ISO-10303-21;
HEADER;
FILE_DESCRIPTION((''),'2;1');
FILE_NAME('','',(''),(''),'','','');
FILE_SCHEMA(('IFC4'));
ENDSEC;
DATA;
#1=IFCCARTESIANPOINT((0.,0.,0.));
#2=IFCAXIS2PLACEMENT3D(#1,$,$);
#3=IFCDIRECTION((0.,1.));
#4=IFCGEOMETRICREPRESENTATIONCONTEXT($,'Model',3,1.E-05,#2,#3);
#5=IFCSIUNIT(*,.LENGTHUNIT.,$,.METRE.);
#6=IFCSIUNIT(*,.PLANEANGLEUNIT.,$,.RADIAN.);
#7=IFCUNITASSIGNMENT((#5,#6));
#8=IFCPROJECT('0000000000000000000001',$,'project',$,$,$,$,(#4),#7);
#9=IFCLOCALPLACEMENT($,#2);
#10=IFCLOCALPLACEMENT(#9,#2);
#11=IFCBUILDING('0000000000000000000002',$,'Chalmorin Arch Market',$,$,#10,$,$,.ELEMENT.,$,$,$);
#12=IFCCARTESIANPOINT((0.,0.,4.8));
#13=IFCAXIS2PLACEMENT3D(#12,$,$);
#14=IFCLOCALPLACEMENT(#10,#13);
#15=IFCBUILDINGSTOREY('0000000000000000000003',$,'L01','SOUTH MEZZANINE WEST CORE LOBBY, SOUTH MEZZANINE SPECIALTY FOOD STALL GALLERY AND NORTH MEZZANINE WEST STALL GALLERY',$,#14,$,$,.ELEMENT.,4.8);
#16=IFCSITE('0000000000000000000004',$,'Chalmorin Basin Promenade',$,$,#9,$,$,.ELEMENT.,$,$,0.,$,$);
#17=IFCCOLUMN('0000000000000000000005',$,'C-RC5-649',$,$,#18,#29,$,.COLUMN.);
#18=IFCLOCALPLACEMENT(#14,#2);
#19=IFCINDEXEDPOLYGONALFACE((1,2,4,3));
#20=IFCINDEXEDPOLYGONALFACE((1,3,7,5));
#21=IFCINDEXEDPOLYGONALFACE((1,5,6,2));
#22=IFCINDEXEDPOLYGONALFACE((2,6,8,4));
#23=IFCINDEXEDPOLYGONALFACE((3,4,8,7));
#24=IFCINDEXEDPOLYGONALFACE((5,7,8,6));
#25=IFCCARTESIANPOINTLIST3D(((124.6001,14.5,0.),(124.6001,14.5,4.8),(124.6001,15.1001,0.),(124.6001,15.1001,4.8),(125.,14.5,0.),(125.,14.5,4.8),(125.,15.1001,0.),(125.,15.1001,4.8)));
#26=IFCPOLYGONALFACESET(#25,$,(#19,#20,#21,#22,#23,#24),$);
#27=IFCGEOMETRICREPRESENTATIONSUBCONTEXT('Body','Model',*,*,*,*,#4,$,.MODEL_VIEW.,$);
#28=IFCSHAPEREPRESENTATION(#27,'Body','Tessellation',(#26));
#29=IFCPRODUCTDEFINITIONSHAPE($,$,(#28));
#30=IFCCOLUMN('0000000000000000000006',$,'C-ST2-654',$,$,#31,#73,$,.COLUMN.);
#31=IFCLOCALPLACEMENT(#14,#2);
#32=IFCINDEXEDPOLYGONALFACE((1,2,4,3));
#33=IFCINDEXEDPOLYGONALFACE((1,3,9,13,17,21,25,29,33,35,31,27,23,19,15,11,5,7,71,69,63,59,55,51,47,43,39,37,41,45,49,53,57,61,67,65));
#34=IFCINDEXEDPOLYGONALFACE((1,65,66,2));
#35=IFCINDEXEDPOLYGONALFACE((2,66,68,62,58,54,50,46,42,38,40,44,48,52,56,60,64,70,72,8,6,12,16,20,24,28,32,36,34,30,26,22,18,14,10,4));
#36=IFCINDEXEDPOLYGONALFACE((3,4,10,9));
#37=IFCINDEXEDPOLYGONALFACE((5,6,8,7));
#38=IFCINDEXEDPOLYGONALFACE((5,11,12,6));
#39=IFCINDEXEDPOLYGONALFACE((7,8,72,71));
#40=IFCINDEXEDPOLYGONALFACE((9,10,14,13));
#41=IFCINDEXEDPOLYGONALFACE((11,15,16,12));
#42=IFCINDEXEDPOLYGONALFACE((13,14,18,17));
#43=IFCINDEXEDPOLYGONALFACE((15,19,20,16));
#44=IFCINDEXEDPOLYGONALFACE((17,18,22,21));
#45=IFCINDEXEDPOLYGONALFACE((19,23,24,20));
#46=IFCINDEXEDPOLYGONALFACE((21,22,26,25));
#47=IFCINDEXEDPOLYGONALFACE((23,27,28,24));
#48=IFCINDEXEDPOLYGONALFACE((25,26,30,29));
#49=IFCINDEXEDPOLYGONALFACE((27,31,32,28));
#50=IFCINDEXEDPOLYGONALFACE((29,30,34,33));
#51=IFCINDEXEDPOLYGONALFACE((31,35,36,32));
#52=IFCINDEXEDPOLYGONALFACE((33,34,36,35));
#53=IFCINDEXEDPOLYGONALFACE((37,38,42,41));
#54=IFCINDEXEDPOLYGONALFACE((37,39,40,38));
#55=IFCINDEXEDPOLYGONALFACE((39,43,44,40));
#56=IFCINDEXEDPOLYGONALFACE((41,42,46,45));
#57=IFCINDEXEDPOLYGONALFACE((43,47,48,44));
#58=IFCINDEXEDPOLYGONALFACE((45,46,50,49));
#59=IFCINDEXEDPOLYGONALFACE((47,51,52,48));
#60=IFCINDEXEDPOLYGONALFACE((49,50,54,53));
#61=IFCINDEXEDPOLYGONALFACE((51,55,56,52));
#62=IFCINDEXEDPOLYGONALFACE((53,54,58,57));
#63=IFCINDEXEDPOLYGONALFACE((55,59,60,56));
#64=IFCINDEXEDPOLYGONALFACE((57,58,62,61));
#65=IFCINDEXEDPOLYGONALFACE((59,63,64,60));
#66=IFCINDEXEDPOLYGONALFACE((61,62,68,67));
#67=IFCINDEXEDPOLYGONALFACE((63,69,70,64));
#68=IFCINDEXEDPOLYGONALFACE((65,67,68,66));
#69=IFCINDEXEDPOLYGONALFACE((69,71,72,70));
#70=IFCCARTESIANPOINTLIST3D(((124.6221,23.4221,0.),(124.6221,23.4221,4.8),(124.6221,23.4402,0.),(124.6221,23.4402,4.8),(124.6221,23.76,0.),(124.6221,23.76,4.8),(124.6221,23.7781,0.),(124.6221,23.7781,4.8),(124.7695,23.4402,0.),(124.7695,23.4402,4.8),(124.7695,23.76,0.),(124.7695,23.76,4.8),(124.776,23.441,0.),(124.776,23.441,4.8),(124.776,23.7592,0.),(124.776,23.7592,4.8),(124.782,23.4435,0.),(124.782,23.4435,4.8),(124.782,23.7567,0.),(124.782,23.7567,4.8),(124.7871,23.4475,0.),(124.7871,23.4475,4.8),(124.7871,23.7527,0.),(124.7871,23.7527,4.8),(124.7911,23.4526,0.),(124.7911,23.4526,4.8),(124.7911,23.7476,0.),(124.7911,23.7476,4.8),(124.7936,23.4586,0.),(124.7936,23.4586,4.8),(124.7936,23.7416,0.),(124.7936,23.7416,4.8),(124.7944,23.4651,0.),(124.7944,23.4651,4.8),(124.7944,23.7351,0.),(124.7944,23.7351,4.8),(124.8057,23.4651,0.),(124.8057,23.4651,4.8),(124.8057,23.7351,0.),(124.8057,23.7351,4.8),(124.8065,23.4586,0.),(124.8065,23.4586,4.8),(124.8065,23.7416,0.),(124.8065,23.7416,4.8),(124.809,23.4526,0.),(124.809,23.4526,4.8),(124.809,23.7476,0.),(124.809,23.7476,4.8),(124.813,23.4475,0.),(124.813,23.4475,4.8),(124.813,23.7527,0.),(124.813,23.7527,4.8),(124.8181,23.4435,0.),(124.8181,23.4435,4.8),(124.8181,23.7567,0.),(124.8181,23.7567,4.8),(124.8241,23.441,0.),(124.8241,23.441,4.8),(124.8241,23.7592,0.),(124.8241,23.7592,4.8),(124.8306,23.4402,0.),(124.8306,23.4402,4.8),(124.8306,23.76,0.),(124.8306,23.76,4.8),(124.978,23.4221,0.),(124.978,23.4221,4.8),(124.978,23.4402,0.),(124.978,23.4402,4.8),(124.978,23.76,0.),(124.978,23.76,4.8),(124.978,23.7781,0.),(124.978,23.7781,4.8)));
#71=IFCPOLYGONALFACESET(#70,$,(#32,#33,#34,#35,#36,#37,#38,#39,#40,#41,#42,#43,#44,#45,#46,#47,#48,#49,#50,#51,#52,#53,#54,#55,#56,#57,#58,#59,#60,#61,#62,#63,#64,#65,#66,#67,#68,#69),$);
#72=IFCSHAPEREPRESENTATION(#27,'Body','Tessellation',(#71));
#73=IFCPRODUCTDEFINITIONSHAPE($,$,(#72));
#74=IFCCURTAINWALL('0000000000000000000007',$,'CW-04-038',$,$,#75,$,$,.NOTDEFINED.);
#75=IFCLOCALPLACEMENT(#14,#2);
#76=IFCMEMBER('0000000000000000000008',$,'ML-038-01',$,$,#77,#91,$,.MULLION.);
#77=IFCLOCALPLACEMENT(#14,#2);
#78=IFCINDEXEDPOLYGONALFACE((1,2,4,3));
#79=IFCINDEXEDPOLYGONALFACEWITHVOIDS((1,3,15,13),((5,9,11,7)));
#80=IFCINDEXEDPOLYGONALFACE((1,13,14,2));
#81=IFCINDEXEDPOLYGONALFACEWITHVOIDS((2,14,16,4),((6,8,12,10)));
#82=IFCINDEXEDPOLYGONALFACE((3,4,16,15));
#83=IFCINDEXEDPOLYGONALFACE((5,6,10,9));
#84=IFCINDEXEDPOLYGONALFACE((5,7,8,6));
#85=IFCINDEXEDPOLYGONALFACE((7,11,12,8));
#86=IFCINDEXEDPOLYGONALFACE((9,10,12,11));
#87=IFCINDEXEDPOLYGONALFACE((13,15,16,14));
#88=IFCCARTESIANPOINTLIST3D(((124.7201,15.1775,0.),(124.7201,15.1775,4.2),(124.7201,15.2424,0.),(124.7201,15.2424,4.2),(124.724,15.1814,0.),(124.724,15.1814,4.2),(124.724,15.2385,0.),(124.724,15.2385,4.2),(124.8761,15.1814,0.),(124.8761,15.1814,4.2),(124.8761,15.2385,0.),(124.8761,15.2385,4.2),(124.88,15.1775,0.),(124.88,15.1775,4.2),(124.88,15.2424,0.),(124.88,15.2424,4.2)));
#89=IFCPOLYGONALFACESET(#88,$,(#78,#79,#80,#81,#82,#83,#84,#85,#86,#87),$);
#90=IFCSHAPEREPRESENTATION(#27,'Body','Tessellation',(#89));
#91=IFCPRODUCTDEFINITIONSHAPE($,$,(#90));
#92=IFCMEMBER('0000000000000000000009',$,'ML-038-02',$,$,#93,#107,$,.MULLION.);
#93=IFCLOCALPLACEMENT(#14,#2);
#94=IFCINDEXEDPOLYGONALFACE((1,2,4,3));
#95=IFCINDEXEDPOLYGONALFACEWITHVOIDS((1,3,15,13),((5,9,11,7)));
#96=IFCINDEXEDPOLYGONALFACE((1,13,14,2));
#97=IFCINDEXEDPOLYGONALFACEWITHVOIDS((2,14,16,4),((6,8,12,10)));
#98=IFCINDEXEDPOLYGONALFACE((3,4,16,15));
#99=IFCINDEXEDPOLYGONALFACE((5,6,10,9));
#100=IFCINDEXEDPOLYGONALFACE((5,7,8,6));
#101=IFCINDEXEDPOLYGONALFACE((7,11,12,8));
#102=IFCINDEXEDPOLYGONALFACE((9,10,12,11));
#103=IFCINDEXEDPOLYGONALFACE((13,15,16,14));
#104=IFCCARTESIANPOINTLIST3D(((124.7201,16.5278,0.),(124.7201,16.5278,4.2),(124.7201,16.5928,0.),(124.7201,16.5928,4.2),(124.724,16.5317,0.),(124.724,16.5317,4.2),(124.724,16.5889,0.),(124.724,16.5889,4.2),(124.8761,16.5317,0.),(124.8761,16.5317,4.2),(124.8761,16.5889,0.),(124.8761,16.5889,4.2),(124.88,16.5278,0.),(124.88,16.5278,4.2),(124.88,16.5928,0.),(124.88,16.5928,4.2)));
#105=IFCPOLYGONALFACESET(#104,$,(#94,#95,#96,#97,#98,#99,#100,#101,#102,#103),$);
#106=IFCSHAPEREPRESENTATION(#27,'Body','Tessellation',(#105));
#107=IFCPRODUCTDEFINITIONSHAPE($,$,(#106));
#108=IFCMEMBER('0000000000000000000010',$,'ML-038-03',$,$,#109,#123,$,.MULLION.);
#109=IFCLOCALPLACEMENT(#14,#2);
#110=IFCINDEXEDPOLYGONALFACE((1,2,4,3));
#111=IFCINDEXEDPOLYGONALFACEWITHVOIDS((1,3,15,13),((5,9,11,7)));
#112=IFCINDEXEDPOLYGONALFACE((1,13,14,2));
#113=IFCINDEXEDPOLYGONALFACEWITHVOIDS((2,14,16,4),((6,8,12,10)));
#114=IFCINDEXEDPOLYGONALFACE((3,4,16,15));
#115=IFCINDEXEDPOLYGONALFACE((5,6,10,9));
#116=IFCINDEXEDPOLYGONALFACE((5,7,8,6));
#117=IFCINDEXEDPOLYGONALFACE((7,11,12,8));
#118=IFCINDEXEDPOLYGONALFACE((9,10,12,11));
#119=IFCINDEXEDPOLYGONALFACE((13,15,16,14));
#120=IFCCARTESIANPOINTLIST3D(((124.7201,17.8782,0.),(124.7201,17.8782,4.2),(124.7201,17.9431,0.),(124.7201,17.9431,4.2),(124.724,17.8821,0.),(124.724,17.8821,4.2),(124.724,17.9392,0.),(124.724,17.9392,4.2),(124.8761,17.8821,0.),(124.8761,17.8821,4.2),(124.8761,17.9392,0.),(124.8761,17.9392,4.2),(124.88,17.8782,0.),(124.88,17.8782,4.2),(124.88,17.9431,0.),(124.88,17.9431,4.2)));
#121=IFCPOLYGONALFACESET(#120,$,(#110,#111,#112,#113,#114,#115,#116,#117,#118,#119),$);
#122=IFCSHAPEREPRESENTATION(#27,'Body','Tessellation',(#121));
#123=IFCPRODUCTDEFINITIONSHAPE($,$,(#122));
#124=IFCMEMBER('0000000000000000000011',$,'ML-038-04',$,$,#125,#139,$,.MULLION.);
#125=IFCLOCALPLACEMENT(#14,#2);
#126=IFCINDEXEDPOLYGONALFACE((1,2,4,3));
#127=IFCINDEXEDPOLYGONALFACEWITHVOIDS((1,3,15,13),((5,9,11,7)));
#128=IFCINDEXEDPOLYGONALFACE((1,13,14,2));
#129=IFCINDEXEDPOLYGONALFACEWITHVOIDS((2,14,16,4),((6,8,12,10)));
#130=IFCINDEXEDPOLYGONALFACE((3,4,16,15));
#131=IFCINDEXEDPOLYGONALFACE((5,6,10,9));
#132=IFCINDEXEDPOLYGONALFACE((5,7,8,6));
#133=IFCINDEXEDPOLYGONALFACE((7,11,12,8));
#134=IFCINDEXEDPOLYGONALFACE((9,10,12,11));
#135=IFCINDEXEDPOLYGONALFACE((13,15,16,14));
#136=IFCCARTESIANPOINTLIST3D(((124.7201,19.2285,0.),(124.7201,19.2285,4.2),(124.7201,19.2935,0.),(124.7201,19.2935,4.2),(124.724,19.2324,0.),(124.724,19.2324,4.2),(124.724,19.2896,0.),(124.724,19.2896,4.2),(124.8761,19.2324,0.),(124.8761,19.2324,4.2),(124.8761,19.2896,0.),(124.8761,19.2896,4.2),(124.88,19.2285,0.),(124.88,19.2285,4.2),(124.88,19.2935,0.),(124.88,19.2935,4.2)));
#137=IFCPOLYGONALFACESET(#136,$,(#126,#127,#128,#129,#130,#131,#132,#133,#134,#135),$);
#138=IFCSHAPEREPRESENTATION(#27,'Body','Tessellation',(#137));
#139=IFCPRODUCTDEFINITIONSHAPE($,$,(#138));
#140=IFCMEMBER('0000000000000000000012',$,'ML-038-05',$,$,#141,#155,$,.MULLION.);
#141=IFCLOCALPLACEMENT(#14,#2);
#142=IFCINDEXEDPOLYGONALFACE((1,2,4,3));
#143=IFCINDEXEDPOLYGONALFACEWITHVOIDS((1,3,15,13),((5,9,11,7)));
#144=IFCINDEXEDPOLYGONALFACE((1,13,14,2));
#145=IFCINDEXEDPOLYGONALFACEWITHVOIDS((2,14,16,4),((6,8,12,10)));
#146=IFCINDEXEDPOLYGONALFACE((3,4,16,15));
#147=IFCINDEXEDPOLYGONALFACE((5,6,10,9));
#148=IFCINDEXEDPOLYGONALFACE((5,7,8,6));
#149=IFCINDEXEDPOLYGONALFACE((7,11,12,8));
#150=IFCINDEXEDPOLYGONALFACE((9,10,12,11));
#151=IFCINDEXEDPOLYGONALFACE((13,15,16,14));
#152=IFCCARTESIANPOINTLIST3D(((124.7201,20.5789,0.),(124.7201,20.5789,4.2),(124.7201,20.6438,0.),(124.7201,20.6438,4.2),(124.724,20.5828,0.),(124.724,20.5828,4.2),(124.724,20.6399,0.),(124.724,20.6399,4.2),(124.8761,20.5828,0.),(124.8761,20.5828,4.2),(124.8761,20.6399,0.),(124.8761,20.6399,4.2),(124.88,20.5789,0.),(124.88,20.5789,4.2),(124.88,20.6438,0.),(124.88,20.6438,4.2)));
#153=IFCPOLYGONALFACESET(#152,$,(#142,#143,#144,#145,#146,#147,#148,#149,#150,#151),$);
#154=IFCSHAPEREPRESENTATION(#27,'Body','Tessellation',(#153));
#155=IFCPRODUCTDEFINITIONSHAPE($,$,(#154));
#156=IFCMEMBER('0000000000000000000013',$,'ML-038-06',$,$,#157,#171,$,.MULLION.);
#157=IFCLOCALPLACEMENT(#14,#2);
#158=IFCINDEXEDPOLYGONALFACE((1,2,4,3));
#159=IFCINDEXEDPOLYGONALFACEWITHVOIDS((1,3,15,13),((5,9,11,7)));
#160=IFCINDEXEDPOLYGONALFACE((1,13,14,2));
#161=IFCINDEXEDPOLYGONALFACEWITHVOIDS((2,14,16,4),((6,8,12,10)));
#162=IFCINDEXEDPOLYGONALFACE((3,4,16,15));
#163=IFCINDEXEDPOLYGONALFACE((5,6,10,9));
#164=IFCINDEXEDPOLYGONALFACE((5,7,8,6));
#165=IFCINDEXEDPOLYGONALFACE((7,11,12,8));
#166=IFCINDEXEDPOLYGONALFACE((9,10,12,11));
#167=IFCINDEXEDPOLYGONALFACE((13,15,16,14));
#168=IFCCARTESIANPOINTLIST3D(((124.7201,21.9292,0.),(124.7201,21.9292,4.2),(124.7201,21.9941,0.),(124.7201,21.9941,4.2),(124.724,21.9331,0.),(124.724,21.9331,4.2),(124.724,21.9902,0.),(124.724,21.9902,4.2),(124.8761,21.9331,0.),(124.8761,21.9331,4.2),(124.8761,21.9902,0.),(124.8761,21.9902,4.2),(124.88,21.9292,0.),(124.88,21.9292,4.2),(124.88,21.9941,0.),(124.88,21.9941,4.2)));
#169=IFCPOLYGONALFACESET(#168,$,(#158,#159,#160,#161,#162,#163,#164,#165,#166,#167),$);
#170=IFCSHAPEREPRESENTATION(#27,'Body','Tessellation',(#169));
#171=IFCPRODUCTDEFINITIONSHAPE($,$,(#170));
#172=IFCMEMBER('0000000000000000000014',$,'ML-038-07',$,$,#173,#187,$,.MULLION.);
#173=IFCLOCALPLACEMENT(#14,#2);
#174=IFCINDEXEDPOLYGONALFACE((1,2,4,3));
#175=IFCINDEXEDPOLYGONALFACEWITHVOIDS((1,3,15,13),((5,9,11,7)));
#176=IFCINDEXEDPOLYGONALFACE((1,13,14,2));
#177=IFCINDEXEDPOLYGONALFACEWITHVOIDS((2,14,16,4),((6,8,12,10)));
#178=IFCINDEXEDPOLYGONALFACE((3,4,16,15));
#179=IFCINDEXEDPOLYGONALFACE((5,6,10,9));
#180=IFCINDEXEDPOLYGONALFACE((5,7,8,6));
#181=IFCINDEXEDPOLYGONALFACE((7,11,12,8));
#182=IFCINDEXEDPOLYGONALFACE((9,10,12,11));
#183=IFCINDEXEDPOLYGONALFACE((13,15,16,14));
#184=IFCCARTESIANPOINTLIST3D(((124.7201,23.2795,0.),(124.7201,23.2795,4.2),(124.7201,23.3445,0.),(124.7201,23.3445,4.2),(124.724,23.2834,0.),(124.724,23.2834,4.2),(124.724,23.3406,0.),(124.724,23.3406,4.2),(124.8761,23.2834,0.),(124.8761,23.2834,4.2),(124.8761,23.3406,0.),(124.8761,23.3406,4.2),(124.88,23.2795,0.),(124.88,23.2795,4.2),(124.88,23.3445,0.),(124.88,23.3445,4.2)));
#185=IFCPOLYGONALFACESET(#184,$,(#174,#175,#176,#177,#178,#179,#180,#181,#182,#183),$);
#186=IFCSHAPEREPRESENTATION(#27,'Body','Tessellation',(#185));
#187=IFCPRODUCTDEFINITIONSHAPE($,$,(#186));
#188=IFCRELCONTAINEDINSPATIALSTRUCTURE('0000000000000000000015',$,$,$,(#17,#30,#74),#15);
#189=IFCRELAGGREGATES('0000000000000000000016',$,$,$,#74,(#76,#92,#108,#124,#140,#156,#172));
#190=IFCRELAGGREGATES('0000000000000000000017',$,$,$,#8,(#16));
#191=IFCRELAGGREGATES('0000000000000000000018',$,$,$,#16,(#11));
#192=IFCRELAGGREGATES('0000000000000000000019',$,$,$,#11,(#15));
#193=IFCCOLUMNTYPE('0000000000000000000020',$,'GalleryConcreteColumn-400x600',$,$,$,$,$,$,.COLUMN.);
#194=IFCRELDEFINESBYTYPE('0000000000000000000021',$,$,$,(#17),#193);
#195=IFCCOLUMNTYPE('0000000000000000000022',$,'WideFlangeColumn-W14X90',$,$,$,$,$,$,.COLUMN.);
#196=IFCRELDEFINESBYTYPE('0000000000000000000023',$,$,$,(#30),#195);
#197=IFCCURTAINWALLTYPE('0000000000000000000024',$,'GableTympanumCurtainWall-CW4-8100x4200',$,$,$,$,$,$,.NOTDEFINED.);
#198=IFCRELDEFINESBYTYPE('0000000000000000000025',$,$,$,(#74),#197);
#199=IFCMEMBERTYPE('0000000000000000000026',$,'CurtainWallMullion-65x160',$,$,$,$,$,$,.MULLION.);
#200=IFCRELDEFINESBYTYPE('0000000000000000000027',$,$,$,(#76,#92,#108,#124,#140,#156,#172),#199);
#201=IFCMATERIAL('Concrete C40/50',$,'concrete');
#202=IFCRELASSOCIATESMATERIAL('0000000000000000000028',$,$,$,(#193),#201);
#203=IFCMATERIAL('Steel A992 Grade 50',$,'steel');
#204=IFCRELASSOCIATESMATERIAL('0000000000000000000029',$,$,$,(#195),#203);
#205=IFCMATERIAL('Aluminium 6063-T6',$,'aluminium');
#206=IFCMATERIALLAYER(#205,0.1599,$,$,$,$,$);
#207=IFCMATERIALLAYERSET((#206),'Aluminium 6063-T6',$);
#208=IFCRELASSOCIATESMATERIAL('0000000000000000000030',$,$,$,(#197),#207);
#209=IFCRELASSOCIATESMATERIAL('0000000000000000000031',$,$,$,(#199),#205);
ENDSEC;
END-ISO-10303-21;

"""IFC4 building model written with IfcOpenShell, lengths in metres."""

from ifc_helpers import new_model, si_unit, direction, frame, origin, origin_2d, place, context, subcontext, project, spatial, rectangle, hollow_rectangle, i_section, extrude, material, layer, layer_set, material_profile, profile_set, type_object, element, aggregate, save


model = new_model("IFC4")

# Units and contexts
model_context = context("Model", 3, precision=1e-05, world=origin(), true_north=direction((0.0, 1.0)))
body_context = subcontext(model_context, "Body", "Model", "MODEL_VIEW")
ifc_project = project(units=[si_unit("LENGTHUNIT", "METRE"), si_unit("PLANEANGLEUNIT", "RADIAN")], contexts=[model_context])

# Site, building, storey
site_placement = place(None, origin())
site = spatial("IfcSite", under=ifc_project, at=site_placement, Name="Chalmorin Basin Promenade", CompositionType="ELEMENT", RefElevation=0.0)
building_placement = place(site_placement, origin())
building = spatial("IfcBuilding", under=site, at=building_placement, Name="Chalmorin Arch Market", CompositionType="ELEMENT")
storey_placement = place(building_placement, frame((0.0, 0.0, 4.8)))
storey = spatial("IfcBuildingStorey", under=building, at=storey_placement, Name="L01", Description="SOUTH MEZZANINE WEST CORE LOBBY, SOUTH MEZZANINE SPECIALTY FOOD STALL GALLERY AND NORTH MEZZANINE WEST STALL GALLERY", CompositionType="ELEMENT", Elevation=4.8)

# Columns
ifc_material_1 = material(Name="Concrete C40/50", Category="concrete")
ifc_material_profile_1 = material_profile(ifc_material_1, rectangle(XDim=0.3999, YDim=0.6001, at=origin_2d()), Name="RC400X600")
ifc_profile_set_1 = profile_set([ifc_material_profile_1], Name="Concrete C40/50")
column_type_1 = type_object("IfcColumnType", Name="GalleryConcreteColumn-400x600", PredefinedType="COLUMN", material=ifc_profile_set_1)
column_1_placement = place(storey_placement, frame((124.8, 14.8, 0.0), z_axis=(0.0, 0.0, 1.0), x_axis=(1.0, 0.0, 0.0)))
element("IfcColumn", 1, at=column_1_placement, inside=storey, type_object=column_type_1, Name="C-RC5-649", PredefinedType="COLUMN", context=body_context, shape_type="SweptSolid", body=[
    extrude(rectangle(XDim=0.3999, YDim=0.6001, at=origin_2d()), origin(), (0.0, 0.0, 1.0), 4.8),
])
ifc_material_2 = material(Name="Steel A992 Grade 50", Category="steel")
ifc_material_profile_2 = material_profile(ifc_material_2, i_section(OverallWidth=0.356, OverallDepth=0.356, WebThickness=0.0112, FlangeThickness=0.0181, FilletRadius=0.0249, at=origin_2d()), Name="W14X90")
ifc_profile_set_2 = profile_set([ifc_material_profile_2], Name="Steel A992 Grade 50")
column_type_2 = type_object("IfcColumnType", Name="WideFlangeColumn-W14X90", PredefinedType="COLUMN", material=ifc_profile_set_2)
column_2_placement = place(storey_placement, frame((124.8, 23.6001, 0.0), z_axis=(0.0, 0.0, 1.0), x_axis=(1.0, 0.0, 0.0)))
element("IfcColumn", 2, at=column_2_placement, inside=storey, type_object=column_type_2, Name="C-ST2-654", PredefinedType="COLUMN", context=body_context, shape_type="SweptSolid", body=[
    extrude(i_section(OverallWidth=0.356, OverallDepth=0.356, WebThickness=0.0112, FlangeThickness=0.0181, FilletRadius=0.0249, at=origin_2d()), origin(), (0.0, 0.0, 1.0), 4.8),
])

# Curtain wall, members
ifc_material_3 = material(Name="Aluminium 6063-T6", Category="aluminium")
ifc_layer_1 = layer(ifc_material_3, 0.1599)
ifc_layer_set_1 = layer_set([ifc_layer_1], Name="Aluminium 6063-T6")
curtain_wall_type = type_object("IfcCurtainWallType", Name="GableTympanumCurtainWall-CW4-8100x4200", PredefinedType="NOTDEFINED", material=ifc_layer_set_1)
curtain_wall_placement = place(storey_placement, origin())
curtain_wall = element("IfcCurtainWall", 3, at=curtain_wall_placement, inside=storey, type_object=curtain_wall_type, Name="CW-04-038", PredefinedType="NOTDEFINED")
ifc_material_profile_3 = material_profile(ifc_material_3, hollow_rectangle(XDim=0.0649, YDim=0.1599, WallThickness=0.0039, at=origin_2d()), Name="ALU65X160X4")
ifc_profile_set_3 = profile_set([ifc_material_profile_3], Name="Aluminium 6063-T6")
member_type_1 = type_object("IfcMemberType", Name="CurtainWallMullion-65x160", PredefinedType="MULLION", material=ifc_profile_set_3)
member_1_placement = place(storey_placement, frame((124.8, 15.21, 0.0), z_axis=(0.0, 0.0, 1.0), x_axis=(0.0, 1.0, 0.0)))
member_1 = element("IfcMember", 4, at=member_1_placement, type_object=member_type_1, Name="ML-038-01", PredefinedType="MULLION", context=body_context, shape_type="SweptSolid", body=[
    extrude(hollow_rectangle(XDim=0.0649, YDim=0.1599, WallThickness=0.0039, at=origin_2d()), origin(), (0.0, 0.0, 1.0), 4.2),
])
member_2_placement = place(storey_placement, frame((124.8, 16.5603, 0.0), z_axis=(0.0, 0.0, 1.0), x_axis=(0.0, 1.0, 0.0)))
member_2 = element("IfcMember", 5, at=member_2_placement, type_object=member_type_1, Name="ML-038-02", PredefinedType="MULLION", context=body_context, shape_type="SweptSolid", body=[
    extrude(hollow_rectangle(XDim=0.0649, YDim=0.1599, WallThickness=0.0039, at=origin_2d()), origin(), (0.0, 0.0, 1.0), 4.2),
])
member_3_placement = place(storey_placement, frame((124.8, 17.9106, 0.0), z_axis=(0.0, 0.0, 1.0), x_axis=(0.0, 1.0, 0.0)))
member_3 = element("IfcMember", 6, at=member_3_placement, type_object=member_type_1, Name="ML-038-03", PredefinedType="MULLION", context=body_context, shape_type="SweptSolid", body=[
    extrude(hollow_rectangle(XDim=0.0649, YDim=0.1599, WallThickness=0.0039, at=origin_2d()), origin(), (0.0, 0.0, 1.0), 4.2),
])
member_4_placement = place(storey_placement, frame((124.8, 19.261, 0.0), z_axis=(0.0, 0.0, 1.0), x_axis=(0.0, 1.0, 0.0)))
member_4 = element("IfcMember", 7, at=member_4_placement, type_object=member_type_1, Name="ML-038-04", PredefinedType="MULLION", context=body_context, shape_type="SweptSolid", body=[
    extrude(hollow_rectangle(XDim=0.0649, YDim=0.1599, WallThickness=0.0039, at=origin_2d()), origin(), (0.0, 0.0, 1.0), 4.2),
])
member_5_placement = place(storey_placement, frame((124.8, 20.6113, 0.0), z_axis=(0.0, 0.0, 1.0), x_axis=(0.0, 1.0, 0.0)))
member_5 = element("IfcMember", 8, at=member_5_placement, type_object=member_type_1, Name="ML-038-05", PredefinedType="MULLION", context=body_context, shape_type="SweptSolid", body=[
    extrude(hollow_rectangle(XDim=0.0649, YDim=0.1599, WallThickness=0.0039, at=origin_2d()), origin(), (0.0, 0.0, 1.0), 4.2),
])
member_6_placement = place(storey_placement, frame((124.8, 21.9617, 0.0), z_axis=(0.0, 0.0, 1.0), x_axis=(0.0, 1.0, 0.0)))
member_6 = element("IfcMember", 9, at=member_6_placement, type_object=member_type_1, Name="ML-038-06", PredefinedType="MULLION", context=body_context, shape_type="SweptSolid", body=[
    extrude(hollow_rectangle(XDim=0.0649, YDim=0.1599, WallThickness=0.0039, at=origin_2d()), origin(), (0.0, 0.0, 1.0), 4.2),
])
member_7_placement = place(storey_placement, frame((124.8, 23.312, 0.0), z_axis=(0.0, 0.0, 1.0), x_axis=(0.0, 1.0, 0.0)))
member_7 = element("IfcMember", 10, at=member_7_placement, type_object=member_type_1, Name="ML-038-07", PredefinedType="MULLION", context=body_context, shape_type="SweptSolid", body=[
    extrude(hollow_rectangle(XDim=0.0649, YDim=0.1599, WallThickness=0.0039, at=origin_2d()), origin(), (0.0, 0.0, 1.0), 4.2),
])

aggregate(curtain_wall, [member_1, member_2, member_3, member_4, member_5, member_6, member_7])

save(model, "model.ifc")
